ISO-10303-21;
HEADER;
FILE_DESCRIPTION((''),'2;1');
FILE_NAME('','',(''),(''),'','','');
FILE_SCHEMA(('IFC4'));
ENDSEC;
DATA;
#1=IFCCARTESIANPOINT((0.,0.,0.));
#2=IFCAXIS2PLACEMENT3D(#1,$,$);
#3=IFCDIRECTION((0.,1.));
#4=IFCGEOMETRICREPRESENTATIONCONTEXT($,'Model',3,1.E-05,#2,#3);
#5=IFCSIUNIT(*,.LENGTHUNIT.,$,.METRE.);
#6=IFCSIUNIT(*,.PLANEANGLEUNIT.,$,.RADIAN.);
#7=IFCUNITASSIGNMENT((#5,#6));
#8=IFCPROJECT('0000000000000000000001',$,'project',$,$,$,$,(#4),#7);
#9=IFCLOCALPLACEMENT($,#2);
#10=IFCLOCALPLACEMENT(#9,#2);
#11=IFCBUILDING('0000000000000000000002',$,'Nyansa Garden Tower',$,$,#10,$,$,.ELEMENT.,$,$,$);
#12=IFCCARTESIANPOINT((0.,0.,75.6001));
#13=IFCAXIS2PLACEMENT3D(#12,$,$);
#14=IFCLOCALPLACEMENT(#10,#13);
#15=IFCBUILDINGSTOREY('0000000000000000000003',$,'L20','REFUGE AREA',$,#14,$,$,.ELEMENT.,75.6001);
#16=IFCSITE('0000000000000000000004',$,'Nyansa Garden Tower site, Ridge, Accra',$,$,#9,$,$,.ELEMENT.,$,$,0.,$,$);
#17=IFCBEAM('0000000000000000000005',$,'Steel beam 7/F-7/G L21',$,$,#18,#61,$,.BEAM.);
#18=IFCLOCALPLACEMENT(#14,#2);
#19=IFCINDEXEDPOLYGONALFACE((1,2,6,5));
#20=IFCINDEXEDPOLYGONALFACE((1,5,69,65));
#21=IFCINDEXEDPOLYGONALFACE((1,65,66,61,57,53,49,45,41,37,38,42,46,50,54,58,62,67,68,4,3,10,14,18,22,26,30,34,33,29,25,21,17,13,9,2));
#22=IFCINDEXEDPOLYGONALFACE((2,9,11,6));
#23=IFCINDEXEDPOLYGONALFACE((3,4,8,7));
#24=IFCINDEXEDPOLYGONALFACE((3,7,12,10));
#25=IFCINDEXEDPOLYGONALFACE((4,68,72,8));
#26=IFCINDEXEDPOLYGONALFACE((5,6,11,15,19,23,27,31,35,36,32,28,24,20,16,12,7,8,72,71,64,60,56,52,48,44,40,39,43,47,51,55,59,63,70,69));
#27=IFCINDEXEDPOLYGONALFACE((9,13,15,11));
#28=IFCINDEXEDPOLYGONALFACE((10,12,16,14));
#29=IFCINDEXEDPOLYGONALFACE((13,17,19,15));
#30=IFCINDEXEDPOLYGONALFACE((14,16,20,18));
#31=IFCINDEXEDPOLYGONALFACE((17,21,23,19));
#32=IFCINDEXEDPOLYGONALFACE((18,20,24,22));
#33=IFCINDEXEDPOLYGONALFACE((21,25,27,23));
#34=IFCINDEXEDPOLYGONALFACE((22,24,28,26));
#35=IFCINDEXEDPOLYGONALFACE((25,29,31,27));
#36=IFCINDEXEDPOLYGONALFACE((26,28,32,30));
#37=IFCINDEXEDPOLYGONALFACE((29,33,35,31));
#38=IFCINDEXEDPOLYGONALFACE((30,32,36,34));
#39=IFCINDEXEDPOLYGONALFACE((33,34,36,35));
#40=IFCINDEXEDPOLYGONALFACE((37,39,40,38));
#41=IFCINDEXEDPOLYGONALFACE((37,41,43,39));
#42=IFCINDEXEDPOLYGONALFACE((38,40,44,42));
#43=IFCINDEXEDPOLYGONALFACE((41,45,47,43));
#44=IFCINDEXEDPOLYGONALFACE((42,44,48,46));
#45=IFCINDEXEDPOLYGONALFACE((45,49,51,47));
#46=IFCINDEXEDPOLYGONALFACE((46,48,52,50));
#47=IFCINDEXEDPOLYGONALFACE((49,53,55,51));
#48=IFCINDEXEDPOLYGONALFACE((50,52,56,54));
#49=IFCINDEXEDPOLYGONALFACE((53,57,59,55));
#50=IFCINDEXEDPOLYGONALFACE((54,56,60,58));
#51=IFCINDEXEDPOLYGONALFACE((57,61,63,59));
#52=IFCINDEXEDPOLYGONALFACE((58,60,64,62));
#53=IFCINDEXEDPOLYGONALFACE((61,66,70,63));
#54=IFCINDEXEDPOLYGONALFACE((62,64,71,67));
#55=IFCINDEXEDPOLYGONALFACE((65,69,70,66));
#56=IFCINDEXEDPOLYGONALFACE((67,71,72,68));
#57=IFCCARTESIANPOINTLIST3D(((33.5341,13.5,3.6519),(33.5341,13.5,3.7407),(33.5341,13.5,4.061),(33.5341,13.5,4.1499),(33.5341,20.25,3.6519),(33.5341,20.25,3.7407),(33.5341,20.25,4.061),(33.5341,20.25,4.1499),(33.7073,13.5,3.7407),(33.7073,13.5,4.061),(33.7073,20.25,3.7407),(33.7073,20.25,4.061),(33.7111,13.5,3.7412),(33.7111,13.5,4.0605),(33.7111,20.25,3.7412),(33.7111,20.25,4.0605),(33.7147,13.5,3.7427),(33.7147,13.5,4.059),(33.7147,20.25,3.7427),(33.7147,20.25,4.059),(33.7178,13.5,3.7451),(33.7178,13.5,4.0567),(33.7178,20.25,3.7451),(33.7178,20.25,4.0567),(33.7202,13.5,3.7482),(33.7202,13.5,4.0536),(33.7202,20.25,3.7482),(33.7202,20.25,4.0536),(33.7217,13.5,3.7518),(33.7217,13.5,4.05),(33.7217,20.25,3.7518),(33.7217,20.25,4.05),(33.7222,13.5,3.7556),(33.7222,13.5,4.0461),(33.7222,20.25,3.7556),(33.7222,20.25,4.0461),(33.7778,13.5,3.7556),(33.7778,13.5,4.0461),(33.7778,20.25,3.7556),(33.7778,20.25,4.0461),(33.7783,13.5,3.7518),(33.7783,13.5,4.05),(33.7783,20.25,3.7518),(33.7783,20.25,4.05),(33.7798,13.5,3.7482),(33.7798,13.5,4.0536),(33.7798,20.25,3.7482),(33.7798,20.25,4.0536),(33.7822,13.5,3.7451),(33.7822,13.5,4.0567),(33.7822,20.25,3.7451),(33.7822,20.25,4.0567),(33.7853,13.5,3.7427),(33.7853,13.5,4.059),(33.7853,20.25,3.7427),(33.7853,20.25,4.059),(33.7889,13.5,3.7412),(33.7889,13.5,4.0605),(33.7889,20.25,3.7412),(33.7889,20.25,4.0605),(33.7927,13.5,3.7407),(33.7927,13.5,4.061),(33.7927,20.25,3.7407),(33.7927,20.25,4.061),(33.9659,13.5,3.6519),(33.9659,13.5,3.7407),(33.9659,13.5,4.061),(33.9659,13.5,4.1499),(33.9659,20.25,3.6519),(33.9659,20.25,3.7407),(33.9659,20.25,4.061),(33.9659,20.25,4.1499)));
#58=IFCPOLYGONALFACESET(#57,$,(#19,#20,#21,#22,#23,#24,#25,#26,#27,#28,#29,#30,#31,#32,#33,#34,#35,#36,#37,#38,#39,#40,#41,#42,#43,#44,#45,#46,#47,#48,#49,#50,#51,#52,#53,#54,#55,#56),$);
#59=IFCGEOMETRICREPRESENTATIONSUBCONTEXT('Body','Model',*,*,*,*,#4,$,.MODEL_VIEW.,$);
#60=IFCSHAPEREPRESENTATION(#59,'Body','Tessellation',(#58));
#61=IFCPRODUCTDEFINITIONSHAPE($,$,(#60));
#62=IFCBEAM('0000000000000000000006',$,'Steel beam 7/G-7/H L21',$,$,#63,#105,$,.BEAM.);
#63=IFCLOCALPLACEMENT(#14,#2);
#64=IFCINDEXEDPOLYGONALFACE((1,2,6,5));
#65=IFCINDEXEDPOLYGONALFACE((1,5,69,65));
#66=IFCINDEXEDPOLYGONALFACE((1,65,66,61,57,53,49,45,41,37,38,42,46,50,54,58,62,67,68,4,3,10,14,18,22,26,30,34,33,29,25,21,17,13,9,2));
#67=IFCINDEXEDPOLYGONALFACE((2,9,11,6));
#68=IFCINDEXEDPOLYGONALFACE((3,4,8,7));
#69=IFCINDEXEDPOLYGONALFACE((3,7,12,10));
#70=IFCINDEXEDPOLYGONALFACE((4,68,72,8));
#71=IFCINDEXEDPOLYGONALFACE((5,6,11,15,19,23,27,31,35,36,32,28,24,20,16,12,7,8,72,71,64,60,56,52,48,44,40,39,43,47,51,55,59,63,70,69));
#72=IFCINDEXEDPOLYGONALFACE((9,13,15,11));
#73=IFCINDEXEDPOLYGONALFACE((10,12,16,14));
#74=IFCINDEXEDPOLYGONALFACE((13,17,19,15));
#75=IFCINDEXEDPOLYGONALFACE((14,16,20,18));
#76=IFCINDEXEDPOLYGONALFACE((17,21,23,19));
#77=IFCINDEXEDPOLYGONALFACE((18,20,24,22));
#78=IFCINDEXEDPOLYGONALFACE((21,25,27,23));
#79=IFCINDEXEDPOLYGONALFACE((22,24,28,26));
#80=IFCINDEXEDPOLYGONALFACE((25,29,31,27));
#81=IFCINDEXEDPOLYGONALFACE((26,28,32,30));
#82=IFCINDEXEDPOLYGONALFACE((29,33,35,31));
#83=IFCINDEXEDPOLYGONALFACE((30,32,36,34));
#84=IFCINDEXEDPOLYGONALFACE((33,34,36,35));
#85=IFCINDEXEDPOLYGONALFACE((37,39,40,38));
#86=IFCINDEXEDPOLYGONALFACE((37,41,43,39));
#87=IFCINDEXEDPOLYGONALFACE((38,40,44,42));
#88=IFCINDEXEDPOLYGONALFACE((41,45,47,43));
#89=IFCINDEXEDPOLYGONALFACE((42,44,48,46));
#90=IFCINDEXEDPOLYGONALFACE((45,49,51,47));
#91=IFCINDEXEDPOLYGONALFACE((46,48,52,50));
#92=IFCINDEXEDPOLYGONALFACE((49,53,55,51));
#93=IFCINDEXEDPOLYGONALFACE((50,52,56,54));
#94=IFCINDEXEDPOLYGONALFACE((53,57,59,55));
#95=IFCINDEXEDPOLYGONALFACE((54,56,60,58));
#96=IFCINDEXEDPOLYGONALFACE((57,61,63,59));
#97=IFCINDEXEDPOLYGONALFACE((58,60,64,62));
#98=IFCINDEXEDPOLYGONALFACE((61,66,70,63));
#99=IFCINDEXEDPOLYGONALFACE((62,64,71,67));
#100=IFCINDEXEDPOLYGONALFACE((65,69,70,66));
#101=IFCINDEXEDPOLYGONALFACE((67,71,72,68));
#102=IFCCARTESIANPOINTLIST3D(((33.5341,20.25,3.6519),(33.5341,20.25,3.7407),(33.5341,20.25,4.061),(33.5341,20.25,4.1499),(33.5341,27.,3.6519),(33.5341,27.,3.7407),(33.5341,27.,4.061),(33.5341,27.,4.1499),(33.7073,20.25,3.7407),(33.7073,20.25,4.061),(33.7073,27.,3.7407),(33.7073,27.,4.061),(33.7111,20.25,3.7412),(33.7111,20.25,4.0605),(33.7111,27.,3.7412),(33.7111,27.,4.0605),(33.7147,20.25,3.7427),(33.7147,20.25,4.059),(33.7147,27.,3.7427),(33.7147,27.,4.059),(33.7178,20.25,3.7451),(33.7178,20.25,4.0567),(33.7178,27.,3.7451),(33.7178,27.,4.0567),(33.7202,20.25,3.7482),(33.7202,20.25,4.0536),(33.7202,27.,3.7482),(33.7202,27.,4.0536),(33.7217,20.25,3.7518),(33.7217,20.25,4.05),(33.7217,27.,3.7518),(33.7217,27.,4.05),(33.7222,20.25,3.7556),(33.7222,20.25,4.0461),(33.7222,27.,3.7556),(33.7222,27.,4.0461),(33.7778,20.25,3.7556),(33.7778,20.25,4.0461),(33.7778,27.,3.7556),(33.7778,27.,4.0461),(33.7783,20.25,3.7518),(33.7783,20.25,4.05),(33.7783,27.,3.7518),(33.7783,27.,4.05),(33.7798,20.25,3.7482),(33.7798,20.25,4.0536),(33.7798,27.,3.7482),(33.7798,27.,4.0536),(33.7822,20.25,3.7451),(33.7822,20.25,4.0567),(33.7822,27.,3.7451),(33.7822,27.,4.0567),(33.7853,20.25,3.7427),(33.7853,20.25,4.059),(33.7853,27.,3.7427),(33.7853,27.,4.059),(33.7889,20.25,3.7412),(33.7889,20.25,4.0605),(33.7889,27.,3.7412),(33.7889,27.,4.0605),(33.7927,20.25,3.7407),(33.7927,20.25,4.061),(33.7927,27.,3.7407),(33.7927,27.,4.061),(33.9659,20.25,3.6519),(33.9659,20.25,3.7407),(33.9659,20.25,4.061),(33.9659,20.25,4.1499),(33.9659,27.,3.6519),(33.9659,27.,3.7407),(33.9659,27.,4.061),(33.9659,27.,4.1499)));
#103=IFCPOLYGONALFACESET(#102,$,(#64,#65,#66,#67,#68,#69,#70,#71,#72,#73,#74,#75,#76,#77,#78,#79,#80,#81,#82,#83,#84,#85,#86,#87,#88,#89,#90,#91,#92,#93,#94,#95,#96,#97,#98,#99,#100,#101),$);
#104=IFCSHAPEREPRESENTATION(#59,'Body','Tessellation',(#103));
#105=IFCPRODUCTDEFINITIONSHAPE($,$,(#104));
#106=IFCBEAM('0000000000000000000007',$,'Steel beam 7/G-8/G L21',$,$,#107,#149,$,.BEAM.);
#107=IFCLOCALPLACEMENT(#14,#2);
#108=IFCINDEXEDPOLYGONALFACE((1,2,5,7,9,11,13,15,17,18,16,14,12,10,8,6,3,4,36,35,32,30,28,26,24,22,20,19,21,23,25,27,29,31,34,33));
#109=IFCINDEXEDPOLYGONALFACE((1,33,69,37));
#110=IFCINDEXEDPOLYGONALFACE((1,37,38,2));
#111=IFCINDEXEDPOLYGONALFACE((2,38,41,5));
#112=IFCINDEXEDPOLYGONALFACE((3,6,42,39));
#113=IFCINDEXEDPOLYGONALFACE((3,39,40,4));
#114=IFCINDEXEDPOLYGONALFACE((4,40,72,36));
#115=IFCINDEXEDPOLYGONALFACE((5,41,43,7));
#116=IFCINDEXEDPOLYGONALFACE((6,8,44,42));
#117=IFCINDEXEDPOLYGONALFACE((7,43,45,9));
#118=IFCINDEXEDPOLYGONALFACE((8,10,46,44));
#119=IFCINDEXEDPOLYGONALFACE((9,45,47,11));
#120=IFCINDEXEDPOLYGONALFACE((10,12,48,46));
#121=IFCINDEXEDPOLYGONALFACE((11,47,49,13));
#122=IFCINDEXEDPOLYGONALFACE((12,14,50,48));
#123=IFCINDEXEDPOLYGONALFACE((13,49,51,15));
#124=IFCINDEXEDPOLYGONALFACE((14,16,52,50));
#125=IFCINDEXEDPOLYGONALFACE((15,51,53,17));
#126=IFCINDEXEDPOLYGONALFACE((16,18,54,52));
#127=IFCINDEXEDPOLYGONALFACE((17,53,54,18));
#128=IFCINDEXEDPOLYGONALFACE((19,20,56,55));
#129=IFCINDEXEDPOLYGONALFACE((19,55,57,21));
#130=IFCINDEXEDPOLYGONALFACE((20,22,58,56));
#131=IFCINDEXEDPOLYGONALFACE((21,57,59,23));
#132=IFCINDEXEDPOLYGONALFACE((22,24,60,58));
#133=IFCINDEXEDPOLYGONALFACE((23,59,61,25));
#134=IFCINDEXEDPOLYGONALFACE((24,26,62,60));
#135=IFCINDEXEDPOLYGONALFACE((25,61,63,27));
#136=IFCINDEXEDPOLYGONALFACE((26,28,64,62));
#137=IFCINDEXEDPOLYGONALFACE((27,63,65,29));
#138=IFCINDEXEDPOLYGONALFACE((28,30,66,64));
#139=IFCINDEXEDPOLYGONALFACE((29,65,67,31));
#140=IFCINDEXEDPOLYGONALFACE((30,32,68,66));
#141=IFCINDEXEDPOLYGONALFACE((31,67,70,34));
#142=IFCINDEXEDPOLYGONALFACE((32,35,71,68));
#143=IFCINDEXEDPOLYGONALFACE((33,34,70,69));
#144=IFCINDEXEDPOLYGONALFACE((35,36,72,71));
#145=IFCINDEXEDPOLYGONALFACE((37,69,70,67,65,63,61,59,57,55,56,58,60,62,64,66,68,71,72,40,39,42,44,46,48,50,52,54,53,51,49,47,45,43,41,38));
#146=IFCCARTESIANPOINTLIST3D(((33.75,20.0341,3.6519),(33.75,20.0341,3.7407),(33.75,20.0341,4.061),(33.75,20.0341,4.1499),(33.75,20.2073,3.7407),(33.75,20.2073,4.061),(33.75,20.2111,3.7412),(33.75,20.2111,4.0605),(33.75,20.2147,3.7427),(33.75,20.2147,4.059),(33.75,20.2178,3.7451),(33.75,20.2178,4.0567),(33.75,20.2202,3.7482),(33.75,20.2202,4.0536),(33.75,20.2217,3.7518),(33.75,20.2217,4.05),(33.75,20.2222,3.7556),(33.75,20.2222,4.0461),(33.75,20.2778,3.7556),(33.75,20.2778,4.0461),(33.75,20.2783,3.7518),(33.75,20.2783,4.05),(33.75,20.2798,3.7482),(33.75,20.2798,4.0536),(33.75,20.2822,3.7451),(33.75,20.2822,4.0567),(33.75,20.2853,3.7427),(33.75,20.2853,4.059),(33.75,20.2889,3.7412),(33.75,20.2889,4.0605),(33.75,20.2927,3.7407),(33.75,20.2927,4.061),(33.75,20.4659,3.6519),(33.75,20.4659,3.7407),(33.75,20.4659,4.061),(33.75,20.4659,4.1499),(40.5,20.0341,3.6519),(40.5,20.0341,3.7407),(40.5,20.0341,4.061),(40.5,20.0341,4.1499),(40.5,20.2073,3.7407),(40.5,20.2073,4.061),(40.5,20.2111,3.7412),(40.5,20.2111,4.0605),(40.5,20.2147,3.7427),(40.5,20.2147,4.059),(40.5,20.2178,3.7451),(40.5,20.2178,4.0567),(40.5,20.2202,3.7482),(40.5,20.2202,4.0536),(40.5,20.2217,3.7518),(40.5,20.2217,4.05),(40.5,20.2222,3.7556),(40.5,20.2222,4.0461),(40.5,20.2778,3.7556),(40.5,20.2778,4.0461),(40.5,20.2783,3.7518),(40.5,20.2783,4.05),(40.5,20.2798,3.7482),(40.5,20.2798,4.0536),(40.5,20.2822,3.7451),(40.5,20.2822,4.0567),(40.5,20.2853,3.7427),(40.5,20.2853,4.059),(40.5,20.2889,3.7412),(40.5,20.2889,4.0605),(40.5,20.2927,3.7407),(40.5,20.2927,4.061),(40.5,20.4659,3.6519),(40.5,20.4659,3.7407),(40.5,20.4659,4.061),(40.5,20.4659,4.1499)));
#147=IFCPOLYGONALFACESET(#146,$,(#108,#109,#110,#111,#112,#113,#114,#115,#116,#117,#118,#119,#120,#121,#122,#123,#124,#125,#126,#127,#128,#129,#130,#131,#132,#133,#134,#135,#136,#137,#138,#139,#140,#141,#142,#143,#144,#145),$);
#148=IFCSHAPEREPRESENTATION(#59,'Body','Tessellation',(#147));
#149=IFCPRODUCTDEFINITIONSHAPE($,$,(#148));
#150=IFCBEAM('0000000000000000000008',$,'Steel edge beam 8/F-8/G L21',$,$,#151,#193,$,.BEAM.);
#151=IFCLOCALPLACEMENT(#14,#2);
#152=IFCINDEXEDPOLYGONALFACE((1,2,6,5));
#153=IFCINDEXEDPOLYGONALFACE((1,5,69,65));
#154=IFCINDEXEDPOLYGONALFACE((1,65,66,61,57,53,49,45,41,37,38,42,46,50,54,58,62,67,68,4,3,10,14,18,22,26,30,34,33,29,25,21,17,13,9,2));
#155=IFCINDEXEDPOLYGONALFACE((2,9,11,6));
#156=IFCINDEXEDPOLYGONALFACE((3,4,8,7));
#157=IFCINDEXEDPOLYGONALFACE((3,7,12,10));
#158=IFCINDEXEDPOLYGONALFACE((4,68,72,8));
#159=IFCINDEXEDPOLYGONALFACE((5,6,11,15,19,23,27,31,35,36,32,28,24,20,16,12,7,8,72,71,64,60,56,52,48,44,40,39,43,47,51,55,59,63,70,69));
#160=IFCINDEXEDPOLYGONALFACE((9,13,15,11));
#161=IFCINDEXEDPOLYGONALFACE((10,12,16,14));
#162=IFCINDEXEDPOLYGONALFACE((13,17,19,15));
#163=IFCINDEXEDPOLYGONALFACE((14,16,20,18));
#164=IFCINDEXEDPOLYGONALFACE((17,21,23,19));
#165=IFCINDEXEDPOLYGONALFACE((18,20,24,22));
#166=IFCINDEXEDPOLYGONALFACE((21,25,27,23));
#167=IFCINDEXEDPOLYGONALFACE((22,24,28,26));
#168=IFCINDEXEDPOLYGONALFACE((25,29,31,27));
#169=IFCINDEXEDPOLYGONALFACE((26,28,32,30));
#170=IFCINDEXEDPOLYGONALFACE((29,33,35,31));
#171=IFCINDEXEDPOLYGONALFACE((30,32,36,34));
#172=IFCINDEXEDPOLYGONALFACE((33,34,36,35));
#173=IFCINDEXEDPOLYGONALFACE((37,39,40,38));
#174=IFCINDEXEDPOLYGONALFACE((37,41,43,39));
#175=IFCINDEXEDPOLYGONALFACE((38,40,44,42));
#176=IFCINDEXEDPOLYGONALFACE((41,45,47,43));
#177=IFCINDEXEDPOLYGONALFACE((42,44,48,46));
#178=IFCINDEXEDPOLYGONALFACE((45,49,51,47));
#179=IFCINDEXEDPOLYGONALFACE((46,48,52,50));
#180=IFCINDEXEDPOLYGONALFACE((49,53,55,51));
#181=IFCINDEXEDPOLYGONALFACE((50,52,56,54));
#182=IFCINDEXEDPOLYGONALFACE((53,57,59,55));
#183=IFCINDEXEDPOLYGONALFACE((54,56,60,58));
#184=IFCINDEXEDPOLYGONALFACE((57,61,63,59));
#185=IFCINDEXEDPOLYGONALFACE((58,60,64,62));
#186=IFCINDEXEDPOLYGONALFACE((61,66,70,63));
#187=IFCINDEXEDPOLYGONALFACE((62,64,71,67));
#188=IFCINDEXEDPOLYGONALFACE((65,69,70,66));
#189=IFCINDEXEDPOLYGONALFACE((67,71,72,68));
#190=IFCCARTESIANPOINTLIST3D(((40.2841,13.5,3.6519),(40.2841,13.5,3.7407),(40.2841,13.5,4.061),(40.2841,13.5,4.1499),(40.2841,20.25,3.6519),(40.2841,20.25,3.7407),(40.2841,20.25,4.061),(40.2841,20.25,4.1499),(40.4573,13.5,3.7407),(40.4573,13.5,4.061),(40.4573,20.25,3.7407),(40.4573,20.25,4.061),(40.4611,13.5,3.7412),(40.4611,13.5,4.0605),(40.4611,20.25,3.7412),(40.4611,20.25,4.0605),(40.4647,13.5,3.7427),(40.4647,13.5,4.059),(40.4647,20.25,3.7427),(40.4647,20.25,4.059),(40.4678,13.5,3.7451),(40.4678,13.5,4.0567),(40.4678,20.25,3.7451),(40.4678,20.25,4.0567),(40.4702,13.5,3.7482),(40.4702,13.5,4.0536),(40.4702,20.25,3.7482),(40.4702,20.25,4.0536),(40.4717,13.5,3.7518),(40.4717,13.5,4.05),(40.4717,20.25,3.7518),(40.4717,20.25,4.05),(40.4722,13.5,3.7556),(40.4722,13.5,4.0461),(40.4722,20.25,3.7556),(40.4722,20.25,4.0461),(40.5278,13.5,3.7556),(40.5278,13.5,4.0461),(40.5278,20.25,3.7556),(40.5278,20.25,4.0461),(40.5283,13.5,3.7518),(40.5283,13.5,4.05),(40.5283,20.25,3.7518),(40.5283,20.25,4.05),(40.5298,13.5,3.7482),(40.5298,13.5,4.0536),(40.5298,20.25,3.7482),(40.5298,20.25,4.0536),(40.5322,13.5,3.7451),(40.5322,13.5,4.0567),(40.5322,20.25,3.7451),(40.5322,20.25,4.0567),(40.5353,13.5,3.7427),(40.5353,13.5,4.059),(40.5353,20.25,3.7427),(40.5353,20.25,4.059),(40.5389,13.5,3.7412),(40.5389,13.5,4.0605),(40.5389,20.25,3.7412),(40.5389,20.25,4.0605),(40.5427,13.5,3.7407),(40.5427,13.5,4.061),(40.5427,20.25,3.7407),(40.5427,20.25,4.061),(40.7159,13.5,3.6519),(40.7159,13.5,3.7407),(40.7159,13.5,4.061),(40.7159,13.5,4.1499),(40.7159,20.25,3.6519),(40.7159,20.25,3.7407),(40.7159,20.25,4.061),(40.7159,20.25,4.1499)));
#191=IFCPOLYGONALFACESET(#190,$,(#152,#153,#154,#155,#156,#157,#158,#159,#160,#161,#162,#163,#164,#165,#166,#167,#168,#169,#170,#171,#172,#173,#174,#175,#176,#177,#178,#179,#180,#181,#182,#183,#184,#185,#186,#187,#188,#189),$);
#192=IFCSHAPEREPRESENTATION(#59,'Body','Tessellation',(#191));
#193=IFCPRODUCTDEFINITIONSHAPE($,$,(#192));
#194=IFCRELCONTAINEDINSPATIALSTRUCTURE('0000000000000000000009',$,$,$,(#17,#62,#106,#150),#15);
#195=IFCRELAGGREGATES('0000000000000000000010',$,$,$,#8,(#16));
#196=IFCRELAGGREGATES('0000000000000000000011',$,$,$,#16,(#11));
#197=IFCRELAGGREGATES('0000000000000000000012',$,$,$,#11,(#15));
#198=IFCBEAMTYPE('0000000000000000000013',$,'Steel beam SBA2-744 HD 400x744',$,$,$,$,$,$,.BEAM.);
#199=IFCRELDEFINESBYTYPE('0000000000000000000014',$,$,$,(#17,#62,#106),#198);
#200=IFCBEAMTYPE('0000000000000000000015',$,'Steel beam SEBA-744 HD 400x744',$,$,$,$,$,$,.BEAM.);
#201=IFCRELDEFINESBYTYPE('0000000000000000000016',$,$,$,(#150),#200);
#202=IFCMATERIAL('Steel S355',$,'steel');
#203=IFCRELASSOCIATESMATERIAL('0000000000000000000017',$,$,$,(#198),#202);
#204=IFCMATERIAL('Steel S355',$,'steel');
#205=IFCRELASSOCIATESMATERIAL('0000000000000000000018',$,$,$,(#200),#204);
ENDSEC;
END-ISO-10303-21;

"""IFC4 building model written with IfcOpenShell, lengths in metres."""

from ifc_helpers import new_model, si_unit, direction, frame, origin, origin_2d, place, context, subcontext, project, spatial, i_section, extrude, material, material_profile, profile_set, type_object, element, save


model = new_model("IFC4")

# Units and contexts
model_context = context("Model", 3, precision=1e-05, world=origin(), true_north=direction((0.0, 1.0)))
body_context = subcontext(model_context, "Body", "Model", "MODEL_VIEW")
ifc_project = project(units=[si_unit("LENGTHUNIT", "METRE"), si_unit("PLANEANGLEUNIT", "RADIAN")], contexts=[model_context])

# Site, building, storey
site_placement = place(None, origin())
site = spatial("IfcSite", under=ifc_project, at=site_placement, Name="Nyansa Garden Tower site, Ridge, Accra", CompositionType="ELEMENT", RefElevation=0.0)
building_placement = place(site_placement, origin())
building = spatial("IfcBuilding", under=site, at=building_placement, Name="Nyansa Garden Tower", CompositionType="ELEMENT")
storey_placement = place(building_placement, frame((0.0, 0.0, 75.6001)))
storey = spatial("IfcBuildingStorey", under=building, at=storey_placement, Name="L20", Description="REFUGE AREA", CompositionType="ELEMENT", Elevation=75.6001)

# Beams
ifc_material_1 = material(Name="Steel S355", Category="steel")
ifc_material_profile_1 = material_profile(ifc_material_1, i_section(OverallWidth=0.4319, OverallDepth=0.498, WebThickness=0.0557, FlangeThickness=0.0889, FilletRadius=0.0149, at=origin_2d()), Name="HD 400x744")
ifc_profile_set_1 = profile_set([ifc_material_profile_1], Name="Steel S355")
beam_type_1 = type_object("IfcBeamType", Name="Steel beam SBA2-744 HD 400x744", PredefinedType="BEAM", material=ifc_profile_set_1)
for number, where, z_axis, x_axis, name in (
    (1, (33.75, 13.5, 3.9009), (0.0, 1.0, 0.0), (-1.0, 0.0, 0.0), "Steel beam 7/F-7/G L21"),
    (2, (33.75, 20.25, 3.9009), (0.0, 1.0, 0.0), (-1.0, 0.0, 0.0), "Steel beam 7/G-7/H L21"),
    (3, (33.75, 20.25, 3.9009), (1.0, 0.0, 0.0), (0.0, 1.0, 0.0), "Steel beam 7/G-8/G L21"),
):
    element("IfcBeam", number, at=place(storey_placement, frame(where, z_axis=z_axis, x_axis=x_axis)), inside=storey, type_object=beam_type_1, Name=name, PredefinedType="BEAM", context=body_context, shape_type="SweptSolid", body=[
        extrude(i_section(OverallWidth=0.4319, OverallDepth=0.498, WebThickness=0.0557, FlangeThickness=0.0889, FilletRadius=0.0149, at=origin_2d()), origin(), (0.0, 0.0, 1.0), 6.75),
    ])
ifc_material_2 = material(Name="Steel S355", Category="steel")
ifc_material_profile_2 = material_profile(ifc_material_2, i_section(OverallWidth=0.4319, OverallDepth=0.498, WebThickness=0.0557, FlangeThickness=0.0889, FilletRadius=0.0149, at=origin_2d()), Name="HD 400x744")
ifc_profile_set_2 = profile_set([ifc_material_profile_2], Name="Steel S355")
beam_type_2 = type_object("IfcBeamType", Name="Steel beam SEBA-744 HD 400x744", PredefinedType="BEAM", material=ifc_profile_set_2)
beam_1_placement = place(storey_placement, frame((40.5, 13.5, 3.9009), z_axis=(0.0, 1.0, 0.0), x_axis=(-1.0, 0.0, 0.0)))
element("IfcBeam", 4, at=beam_1_placement, inside=storey, type_object=beam_type_2, Name="Steel edge beam 8/F-8/G L21", PredefinedType="BEAM", context=body_context, shape_type="SweptSolid", body=[
    extrude(i_section(OverallWidth=0.4319, OverallDepth=0.498, WebThickness=0.0557, FlangeThickness=0.0889, FilletRadius=0.0149, at=origin_2d()), origin(), (0.0, 0.0, 1.0), 6.75),
])

save(model, "model.ifc")
